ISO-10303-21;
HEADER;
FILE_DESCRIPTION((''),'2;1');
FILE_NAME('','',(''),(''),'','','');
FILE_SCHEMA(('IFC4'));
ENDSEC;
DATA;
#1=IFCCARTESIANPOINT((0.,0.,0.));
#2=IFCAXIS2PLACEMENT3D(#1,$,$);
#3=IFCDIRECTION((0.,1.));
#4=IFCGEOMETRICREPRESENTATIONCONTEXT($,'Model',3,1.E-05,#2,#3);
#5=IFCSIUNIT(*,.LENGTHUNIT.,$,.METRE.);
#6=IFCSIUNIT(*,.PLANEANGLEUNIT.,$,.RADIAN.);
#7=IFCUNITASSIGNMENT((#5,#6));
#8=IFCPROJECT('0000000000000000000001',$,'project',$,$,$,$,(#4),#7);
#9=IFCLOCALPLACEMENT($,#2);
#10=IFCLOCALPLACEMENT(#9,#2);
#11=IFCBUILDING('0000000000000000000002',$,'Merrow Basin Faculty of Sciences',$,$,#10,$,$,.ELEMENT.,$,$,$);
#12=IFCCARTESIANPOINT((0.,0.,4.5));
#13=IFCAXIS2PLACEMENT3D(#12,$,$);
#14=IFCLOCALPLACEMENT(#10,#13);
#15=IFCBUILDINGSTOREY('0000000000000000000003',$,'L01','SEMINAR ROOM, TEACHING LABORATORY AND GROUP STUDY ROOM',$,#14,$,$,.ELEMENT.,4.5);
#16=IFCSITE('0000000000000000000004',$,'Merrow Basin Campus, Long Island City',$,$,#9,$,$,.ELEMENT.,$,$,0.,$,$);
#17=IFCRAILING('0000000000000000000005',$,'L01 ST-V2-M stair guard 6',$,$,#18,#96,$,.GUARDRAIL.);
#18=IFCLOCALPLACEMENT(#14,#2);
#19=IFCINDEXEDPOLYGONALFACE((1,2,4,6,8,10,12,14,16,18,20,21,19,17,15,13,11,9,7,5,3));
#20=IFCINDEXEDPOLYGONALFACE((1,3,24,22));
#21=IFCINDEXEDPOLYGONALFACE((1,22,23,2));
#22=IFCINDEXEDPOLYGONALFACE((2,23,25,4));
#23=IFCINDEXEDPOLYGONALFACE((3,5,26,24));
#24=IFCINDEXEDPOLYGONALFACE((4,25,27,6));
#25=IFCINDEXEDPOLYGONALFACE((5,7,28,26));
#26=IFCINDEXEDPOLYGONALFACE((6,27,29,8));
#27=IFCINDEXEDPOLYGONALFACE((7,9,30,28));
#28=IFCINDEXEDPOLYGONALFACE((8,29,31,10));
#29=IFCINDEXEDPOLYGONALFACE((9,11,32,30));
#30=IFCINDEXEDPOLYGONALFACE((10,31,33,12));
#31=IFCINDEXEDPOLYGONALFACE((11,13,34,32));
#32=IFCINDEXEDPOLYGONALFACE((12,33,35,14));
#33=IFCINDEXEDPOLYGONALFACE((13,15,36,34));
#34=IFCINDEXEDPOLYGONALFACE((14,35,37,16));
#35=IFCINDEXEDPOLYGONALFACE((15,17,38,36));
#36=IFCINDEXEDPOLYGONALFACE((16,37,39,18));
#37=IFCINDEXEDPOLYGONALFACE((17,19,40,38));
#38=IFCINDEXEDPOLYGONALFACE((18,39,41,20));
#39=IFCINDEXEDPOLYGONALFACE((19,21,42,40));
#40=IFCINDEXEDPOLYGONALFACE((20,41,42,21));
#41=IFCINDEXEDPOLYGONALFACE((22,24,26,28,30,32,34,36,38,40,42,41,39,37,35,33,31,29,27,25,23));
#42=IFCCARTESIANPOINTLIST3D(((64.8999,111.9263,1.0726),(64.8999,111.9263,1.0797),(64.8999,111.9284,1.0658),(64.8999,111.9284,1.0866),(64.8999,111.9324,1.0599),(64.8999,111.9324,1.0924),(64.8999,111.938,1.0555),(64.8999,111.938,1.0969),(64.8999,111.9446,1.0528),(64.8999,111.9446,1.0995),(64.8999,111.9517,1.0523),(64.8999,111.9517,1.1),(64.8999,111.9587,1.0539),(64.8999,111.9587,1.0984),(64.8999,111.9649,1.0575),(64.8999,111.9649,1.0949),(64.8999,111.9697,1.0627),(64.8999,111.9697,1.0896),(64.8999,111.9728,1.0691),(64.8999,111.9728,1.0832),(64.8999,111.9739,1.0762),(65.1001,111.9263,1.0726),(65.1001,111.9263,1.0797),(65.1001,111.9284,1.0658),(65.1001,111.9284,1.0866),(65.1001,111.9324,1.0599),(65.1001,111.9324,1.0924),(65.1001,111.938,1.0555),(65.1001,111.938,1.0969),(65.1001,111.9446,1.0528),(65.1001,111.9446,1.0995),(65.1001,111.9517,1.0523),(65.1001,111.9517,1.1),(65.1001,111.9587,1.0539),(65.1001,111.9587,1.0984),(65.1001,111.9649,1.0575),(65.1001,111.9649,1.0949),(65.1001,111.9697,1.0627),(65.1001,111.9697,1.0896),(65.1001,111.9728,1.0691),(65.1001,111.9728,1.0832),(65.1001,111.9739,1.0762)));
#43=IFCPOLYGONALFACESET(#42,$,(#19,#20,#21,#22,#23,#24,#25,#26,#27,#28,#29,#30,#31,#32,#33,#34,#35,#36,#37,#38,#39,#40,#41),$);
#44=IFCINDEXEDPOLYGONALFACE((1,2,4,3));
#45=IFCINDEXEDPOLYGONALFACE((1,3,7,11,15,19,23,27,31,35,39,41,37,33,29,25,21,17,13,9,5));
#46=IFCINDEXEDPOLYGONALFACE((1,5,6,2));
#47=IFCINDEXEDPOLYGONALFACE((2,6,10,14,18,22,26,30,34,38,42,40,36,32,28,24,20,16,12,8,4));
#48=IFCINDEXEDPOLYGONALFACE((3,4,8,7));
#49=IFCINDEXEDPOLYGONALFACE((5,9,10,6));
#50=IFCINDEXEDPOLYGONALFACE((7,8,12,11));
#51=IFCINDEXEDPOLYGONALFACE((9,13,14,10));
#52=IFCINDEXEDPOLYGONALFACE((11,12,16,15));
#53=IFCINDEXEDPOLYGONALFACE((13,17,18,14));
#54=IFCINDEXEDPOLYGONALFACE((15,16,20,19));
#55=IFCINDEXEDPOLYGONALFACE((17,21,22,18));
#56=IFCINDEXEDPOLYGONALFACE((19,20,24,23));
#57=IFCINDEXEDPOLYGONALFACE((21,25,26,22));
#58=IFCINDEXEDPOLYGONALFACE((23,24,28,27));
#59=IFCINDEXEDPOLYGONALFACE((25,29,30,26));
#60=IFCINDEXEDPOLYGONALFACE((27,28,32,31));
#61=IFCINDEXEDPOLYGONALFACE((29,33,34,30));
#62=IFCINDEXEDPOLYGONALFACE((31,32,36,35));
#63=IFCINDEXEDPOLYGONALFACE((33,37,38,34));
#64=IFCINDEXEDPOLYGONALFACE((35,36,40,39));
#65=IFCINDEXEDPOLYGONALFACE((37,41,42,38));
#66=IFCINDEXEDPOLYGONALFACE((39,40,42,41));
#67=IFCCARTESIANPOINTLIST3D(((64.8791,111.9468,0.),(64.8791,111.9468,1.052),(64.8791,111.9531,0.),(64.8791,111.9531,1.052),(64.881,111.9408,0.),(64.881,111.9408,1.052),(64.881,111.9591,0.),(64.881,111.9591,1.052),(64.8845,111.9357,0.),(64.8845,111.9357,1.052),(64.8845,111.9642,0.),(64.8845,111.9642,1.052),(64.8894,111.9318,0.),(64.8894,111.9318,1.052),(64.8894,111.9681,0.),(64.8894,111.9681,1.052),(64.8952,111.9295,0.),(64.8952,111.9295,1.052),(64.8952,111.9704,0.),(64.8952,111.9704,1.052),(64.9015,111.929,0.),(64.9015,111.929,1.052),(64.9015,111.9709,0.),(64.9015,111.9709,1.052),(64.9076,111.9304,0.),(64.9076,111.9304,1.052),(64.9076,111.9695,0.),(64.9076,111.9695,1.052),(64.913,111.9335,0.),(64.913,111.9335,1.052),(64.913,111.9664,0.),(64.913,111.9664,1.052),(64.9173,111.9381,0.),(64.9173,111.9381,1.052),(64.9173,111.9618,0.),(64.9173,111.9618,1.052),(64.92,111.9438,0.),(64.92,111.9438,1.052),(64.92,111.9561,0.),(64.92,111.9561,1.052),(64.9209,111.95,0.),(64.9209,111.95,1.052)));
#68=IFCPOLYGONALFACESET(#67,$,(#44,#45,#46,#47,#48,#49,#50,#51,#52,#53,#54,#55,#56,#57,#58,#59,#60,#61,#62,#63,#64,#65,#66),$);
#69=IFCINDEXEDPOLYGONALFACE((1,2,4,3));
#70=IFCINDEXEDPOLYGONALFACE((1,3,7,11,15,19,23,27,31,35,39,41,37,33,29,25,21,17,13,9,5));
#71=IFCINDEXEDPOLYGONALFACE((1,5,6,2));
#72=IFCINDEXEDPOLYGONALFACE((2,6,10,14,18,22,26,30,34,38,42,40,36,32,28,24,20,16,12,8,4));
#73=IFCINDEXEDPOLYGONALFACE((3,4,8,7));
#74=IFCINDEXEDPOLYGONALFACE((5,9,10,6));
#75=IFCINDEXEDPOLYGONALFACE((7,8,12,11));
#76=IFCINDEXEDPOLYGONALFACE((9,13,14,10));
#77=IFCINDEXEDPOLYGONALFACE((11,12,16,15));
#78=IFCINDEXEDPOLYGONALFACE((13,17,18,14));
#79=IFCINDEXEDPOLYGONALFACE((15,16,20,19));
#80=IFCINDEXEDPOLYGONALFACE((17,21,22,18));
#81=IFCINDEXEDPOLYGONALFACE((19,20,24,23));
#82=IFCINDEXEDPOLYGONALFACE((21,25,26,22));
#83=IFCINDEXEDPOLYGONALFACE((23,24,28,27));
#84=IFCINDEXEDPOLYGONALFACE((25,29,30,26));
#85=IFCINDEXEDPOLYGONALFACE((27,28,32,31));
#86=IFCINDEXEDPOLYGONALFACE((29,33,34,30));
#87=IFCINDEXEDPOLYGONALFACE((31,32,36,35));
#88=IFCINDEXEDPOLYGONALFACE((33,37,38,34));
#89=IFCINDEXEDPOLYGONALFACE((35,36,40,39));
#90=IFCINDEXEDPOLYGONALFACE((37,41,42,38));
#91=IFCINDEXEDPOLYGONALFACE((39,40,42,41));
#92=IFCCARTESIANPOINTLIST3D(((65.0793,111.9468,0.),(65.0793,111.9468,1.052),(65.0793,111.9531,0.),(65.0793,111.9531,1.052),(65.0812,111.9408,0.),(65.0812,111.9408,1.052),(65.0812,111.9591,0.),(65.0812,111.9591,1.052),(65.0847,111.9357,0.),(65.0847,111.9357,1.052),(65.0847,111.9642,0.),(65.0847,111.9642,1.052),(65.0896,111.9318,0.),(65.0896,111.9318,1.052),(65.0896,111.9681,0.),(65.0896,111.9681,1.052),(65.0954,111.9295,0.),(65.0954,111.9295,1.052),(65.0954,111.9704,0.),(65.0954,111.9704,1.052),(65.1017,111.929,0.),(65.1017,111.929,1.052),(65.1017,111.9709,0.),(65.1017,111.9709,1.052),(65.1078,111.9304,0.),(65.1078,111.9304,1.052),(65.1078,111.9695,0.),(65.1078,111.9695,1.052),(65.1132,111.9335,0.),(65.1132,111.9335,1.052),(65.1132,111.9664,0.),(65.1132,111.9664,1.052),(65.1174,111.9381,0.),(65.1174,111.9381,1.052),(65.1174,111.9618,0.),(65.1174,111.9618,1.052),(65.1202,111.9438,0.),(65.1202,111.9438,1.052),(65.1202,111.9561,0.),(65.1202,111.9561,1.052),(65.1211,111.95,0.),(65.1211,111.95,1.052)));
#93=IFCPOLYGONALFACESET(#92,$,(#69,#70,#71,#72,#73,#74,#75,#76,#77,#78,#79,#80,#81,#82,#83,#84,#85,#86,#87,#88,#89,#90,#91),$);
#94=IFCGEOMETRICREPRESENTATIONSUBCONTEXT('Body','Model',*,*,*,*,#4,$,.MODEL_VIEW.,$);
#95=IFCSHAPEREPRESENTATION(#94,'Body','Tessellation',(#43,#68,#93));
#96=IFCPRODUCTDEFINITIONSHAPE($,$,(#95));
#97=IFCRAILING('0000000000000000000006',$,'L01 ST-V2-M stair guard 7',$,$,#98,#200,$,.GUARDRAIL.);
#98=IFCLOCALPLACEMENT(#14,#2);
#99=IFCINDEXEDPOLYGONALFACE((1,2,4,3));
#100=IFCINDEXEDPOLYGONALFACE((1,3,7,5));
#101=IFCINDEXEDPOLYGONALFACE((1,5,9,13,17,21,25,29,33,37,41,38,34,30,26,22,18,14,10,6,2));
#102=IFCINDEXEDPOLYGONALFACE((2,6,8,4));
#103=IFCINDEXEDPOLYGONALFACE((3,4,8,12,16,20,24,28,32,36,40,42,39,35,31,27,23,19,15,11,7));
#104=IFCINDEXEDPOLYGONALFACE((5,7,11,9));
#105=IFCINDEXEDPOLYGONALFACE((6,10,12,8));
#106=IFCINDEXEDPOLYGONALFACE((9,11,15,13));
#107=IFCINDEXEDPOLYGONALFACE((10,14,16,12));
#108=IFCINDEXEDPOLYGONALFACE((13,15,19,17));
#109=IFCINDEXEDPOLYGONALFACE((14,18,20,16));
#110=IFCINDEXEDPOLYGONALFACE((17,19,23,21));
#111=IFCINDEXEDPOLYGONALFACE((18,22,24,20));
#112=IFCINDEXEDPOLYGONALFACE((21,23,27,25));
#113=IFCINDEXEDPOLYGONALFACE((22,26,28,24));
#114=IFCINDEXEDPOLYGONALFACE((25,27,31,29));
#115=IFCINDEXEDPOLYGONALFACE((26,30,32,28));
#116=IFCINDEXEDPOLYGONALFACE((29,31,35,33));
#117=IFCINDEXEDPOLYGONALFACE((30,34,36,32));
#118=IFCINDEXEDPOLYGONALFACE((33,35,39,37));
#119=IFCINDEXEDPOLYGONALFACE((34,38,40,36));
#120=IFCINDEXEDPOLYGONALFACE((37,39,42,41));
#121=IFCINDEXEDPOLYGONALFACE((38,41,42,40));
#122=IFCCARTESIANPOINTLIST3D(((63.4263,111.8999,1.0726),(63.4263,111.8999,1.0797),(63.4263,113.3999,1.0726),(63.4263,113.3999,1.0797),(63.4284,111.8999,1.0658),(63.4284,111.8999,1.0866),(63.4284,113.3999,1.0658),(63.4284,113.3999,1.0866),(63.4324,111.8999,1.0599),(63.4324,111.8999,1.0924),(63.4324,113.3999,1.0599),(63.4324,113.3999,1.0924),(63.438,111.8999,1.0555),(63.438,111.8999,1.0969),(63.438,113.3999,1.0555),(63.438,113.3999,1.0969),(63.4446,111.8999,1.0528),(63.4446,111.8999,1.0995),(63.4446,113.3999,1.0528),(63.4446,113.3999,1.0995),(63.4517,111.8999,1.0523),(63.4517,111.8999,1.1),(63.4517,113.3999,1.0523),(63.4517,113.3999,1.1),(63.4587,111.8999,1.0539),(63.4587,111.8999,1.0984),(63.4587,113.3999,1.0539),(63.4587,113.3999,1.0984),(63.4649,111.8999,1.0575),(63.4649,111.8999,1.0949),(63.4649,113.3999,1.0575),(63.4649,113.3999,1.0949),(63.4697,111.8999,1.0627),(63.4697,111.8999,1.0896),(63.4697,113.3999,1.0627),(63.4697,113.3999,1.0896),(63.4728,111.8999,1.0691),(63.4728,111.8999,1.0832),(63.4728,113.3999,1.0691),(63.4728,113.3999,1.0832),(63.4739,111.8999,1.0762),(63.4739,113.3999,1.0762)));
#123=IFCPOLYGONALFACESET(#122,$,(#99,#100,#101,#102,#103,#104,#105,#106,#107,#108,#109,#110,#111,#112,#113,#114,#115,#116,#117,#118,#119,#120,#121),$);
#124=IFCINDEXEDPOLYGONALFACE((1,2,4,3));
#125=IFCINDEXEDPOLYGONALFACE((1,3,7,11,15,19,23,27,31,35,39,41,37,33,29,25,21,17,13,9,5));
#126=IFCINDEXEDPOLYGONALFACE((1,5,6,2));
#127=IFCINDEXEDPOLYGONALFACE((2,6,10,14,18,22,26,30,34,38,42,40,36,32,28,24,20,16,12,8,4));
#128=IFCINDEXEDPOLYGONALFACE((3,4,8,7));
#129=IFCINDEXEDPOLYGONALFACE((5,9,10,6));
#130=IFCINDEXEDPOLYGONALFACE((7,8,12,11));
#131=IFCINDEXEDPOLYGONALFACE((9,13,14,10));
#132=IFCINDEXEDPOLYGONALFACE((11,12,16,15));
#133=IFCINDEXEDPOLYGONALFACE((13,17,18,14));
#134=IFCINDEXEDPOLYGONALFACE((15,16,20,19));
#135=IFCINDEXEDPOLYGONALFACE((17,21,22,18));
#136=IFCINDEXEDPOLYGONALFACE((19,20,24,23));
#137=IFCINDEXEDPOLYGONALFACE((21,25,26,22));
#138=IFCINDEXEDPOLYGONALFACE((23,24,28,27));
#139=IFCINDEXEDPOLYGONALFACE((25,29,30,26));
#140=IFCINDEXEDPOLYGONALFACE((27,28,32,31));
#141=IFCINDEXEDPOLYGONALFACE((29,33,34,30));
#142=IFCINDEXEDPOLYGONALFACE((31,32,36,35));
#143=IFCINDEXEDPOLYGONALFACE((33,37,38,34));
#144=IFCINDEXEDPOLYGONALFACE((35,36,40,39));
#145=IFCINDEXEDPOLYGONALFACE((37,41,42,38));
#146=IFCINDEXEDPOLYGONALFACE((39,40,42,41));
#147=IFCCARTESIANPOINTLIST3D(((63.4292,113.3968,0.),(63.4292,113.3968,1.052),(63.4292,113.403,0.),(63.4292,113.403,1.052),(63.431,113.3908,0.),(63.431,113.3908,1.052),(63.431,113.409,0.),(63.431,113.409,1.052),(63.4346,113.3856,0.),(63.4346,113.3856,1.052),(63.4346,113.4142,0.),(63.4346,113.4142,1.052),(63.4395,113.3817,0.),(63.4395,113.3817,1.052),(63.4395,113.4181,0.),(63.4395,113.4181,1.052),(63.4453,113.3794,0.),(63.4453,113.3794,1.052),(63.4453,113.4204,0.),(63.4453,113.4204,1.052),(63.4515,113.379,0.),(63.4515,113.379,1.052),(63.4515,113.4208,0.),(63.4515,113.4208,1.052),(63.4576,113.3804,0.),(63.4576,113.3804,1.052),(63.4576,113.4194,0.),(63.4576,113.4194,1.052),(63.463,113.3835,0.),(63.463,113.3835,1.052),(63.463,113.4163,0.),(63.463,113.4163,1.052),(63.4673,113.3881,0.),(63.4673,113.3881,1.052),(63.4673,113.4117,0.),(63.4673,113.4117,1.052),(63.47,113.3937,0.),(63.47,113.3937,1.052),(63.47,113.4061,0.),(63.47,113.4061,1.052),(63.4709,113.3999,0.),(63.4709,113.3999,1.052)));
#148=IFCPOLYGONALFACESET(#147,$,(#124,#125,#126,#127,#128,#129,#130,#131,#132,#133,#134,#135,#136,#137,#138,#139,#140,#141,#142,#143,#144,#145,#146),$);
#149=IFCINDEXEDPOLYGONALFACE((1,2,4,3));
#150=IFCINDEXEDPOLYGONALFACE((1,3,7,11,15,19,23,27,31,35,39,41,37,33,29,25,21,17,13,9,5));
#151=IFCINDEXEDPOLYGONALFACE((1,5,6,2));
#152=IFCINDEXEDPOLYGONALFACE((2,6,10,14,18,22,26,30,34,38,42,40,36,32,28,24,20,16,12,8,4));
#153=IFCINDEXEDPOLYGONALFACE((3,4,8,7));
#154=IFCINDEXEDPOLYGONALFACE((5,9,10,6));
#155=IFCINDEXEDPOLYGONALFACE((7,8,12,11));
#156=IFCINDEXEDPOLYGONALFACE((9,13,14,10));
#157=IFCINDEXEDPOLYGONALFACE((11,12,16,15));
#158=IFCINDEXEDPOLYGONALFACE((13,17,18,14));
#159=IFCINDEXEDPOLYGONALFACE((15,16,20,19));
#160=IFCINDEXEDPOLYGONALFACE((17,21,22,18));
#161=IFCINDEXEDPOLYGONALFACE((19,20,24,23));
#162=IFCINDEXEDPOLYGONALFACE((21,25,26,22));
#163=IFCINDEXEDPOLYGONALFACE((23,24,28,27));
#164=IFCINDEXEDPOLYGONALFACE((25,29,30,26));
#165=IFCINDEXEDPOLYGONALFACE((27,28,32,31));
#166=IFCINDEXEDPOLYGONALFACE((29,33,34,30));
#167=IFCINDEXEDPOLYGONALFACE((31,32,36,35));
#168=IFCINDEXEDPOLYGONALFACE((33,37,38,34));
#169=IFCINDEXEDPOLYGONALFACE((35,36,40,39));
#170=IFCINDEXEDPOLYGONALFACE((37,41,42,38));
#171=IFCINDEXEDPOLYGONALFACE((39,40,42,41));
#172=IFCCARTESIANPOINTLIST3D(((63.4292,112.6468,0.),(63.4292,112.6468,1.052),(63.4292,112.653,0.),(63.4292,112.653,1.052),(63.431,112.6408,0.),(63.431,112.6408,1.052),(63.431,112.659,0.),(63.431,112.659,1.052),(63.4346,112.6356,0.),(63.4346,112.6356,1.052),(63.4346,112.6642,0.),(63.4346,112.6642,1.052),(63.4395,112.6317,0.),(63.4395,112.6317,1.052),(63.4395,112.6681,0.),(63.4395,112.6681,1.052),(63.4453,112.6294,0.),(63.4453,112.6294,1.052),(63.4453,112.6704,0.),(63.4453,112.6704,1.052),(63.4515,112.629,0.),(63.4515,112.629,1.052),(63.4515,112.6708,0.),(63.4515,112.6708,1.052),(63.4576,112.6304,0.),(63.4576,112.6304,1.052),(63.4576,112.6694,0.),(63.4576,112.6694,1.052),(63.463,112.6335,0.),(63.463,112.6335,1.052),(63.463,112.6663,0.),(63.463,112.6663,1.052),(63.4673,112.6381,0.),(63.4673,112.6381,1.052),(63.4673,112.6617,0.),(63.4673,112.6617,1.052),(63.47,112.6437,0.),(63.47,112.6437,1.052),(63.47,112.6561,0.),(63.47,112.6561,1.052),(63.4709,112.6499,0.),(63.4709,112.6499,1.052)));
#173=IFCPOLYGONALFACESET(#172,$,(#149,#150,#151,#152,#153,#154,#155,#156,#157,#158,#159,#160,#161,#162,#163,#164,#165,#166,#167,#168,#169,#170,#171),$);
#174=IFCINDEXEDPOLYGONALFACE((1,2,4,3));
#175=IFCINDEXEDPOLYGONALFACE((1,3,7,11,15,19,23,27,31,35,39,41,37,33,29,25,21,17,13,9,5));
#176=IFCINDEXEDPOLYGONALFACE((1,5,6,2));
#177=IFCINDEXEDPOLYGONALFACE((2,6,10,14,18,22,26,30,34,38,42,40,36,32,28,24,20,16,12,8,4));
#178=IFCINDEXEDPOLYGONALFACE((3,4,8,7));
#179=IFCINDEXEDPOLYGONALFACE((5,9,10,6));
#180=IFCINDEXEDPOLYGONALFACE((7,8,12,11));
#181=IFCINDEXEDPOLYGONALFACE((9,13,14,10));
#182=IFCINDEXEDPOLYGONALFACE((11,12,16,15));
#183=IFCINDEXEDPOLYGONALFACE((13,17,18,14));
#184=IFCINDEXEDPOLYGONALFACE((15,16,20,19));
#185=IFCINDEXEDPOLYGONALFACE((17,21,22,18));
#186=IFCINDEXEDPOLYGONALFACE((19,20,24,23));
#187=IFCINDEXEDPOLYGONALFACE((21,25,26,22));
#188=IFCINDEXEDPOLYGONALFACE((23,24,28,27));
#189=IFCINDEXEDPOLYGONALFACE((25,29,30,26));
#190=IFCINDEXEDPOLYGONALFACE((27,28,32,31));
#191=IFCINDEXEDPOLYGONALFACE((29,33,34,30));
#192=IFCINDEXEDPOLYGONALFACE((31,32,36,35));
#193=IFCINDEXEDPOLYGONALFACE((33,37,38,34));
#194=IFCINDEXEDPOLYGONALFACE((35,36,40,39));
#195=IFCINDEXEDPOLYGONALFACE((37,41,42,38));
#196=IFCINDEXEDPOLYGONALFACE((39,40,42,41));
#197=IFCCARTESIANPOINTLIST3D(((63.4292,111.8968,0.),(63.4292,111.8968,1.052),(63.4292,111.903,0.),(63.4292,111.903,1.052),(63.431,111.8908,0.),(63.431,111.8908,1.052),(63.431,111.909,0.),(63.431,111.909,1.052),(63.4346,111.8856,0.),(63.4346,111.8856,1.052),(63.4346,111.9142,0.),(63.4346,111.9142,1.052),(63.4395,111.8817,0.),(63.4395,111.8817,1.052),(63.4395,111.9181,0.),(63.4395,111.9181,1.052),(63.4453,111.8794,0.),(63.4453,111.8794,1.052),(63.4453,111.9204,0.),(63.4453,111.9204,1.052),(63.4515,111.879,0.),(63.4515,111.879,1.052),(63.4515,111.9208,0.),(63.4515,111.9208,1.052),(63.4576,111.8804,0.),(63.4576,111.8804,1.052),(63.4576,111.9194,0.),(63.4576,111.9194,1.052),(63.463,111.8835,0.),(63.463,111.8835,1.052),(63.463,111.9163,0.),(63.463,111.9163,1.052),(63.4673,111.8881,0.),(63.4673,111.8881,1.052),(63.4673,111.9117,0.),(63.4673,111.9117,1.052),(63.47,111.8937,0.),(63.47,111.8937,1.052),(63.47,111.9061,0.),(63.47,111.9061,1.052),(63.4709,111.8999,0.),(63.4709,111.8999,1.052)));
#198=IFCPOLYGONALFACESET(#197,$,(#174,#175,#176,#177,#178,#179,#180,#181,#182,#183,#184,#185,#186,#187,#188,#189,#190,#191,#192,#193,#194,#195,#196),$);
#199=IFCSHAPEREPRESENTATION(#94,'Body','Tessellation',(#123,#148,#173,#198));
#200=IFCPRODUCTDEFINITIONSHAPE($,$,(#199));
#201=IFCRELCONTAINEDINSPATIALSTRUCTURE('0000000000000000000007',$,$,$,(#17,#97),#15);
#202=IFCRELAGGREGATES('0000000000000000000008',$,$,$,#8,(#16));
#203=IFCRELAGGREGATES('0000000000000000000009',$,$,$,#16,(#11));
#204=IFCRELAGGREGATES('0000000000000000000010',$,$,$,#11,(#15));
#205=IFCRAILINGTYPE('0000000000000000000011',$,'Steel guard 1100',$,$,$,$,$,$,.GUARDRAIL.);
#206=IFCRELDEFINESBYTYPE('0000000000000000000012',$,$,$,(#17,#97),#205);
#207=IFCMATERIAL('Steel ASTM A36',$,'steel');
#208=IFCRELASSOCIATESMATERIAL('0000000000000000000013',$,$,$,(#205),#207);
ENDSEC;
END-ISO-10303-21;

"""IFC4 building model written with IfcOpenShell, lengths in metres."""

from ifc_helpers import new_model, si_unit, direction, frame, origin, origin_2d, place, context, subcontext, project, spatial, circle, extrude, material, type_object, element, save


model = new_model("IFC4")

# Units and contexts
model_context = context("Model", 3, precision=1e-05, world=origin(), true_north=direction((0.0, 1.0)))
body_context = subcontext(model_context, "Body", "Model", "MODEL_VIEW")
ifc_project = project(units=[si_unit("LENGTHUNIT", "METRE"), si_unit("PLANEANGLEUNIT", "RADIAN")], contexts=[model_context])

# Site, building, storey
site_placement = place(None, origin())
site = spatial("IfcSite", under=ifc_project, at=site_placement, Name="Merrow Basin Campus, Long Island City", CompositionType="ELEMENT", RefElevation=0.0)
building_placement = place(site_placement, origin())
building = spatial("IfcBuilding", under=site, at=building_placement, Name="Merrow Basin Faculty of Sciences", CompositionType="ELEMENT")
storey_placement = place(building_placement, frame((0.0, 0.0, 4.5)))
storey = spatial("IfcBuildingStorey", under=building, at=storey_placement, Name="L01", Description="SEMINAR ROOM, TEACHING LABORATORY AND GROUP STUDY ROOM", CompositionType="ELEMENT", Elevation=4.5)

# Railings
ifc_material_1 = material(Name="Steel ASTM A36", Category="steel")
railing_type_1 = type_object("IfcRailingType", Name="Steel guard 1100", PredefinedType="GUARDRAIL", material=ifc_material_1)
railing_1_placement = place(storey_placement, frame((64.8999, 111.95, 0.0)))
element("IfcRailing", 1, at=railing_1_placement, inside=storey, type_object=railing_type_1, Name="L01 ST-V2-M stair guard 6", PredefinedType="GUARDRAIL", context=body_context, shape_type="SweptSolid", body=[
    extrude(circle(Radius=0.0239, at=origin_2d()), frame((0.0, 0.0, 1.0762), z_axis=(1.0, 0.0, 0.0), x_axis=(0.0, 1.0, 0.0)), (0.0, 0.0, 1.0), 0.2002),
    extrude(circle(Radius=0.021, at=origin_2d()), origin(), (0.0, 0.0, 1.0), 1.052),
    extrude(circle(Radius=0.021, at=origin_2d()), frame((0.2002, 0.0, 0.0)), (0.0, 0.0, 1.0), 1.052),
])
railing_2_placement = place(storey_placement, frame((63.45, 113.3999, 0.0)))
element("IfcRailing", 2, at=railing_2_placement, inside=storey, type_object=railing_type_1, Name="L01 ST-V2-M stair guard 7", PredefinedType="GUARDRAIL", context=body_context, shape_type="SweptSolid", body=[
    extrude(circle(Radius=0.0239, at=origin_2d()), frame((0.0, 0.0, 1.0762), z_axis=(0.0, -1.0, 0.0), x_axis=(1.0, 0.0, 0.0)), (0.0, 0.0, 1.0), 1.5),
    extrude(circle(Radius=0.021, at=origin_2d()), origin(), (0.0, 0.0, 1.0), 1.052),
    extrude(circle(Radius=0.021, at=origin_2d()), frame((0.0, -0.75, 0.0)), (0.0, 0.0, 1.0), 1.052),
    extrude(circle(Radius=0.021, at=origin_2d()), frame((0.0, -1.5, 0.0)), (0.0, 0.0, 1.0), 1.052),
])

save(model, "model.ifc")
